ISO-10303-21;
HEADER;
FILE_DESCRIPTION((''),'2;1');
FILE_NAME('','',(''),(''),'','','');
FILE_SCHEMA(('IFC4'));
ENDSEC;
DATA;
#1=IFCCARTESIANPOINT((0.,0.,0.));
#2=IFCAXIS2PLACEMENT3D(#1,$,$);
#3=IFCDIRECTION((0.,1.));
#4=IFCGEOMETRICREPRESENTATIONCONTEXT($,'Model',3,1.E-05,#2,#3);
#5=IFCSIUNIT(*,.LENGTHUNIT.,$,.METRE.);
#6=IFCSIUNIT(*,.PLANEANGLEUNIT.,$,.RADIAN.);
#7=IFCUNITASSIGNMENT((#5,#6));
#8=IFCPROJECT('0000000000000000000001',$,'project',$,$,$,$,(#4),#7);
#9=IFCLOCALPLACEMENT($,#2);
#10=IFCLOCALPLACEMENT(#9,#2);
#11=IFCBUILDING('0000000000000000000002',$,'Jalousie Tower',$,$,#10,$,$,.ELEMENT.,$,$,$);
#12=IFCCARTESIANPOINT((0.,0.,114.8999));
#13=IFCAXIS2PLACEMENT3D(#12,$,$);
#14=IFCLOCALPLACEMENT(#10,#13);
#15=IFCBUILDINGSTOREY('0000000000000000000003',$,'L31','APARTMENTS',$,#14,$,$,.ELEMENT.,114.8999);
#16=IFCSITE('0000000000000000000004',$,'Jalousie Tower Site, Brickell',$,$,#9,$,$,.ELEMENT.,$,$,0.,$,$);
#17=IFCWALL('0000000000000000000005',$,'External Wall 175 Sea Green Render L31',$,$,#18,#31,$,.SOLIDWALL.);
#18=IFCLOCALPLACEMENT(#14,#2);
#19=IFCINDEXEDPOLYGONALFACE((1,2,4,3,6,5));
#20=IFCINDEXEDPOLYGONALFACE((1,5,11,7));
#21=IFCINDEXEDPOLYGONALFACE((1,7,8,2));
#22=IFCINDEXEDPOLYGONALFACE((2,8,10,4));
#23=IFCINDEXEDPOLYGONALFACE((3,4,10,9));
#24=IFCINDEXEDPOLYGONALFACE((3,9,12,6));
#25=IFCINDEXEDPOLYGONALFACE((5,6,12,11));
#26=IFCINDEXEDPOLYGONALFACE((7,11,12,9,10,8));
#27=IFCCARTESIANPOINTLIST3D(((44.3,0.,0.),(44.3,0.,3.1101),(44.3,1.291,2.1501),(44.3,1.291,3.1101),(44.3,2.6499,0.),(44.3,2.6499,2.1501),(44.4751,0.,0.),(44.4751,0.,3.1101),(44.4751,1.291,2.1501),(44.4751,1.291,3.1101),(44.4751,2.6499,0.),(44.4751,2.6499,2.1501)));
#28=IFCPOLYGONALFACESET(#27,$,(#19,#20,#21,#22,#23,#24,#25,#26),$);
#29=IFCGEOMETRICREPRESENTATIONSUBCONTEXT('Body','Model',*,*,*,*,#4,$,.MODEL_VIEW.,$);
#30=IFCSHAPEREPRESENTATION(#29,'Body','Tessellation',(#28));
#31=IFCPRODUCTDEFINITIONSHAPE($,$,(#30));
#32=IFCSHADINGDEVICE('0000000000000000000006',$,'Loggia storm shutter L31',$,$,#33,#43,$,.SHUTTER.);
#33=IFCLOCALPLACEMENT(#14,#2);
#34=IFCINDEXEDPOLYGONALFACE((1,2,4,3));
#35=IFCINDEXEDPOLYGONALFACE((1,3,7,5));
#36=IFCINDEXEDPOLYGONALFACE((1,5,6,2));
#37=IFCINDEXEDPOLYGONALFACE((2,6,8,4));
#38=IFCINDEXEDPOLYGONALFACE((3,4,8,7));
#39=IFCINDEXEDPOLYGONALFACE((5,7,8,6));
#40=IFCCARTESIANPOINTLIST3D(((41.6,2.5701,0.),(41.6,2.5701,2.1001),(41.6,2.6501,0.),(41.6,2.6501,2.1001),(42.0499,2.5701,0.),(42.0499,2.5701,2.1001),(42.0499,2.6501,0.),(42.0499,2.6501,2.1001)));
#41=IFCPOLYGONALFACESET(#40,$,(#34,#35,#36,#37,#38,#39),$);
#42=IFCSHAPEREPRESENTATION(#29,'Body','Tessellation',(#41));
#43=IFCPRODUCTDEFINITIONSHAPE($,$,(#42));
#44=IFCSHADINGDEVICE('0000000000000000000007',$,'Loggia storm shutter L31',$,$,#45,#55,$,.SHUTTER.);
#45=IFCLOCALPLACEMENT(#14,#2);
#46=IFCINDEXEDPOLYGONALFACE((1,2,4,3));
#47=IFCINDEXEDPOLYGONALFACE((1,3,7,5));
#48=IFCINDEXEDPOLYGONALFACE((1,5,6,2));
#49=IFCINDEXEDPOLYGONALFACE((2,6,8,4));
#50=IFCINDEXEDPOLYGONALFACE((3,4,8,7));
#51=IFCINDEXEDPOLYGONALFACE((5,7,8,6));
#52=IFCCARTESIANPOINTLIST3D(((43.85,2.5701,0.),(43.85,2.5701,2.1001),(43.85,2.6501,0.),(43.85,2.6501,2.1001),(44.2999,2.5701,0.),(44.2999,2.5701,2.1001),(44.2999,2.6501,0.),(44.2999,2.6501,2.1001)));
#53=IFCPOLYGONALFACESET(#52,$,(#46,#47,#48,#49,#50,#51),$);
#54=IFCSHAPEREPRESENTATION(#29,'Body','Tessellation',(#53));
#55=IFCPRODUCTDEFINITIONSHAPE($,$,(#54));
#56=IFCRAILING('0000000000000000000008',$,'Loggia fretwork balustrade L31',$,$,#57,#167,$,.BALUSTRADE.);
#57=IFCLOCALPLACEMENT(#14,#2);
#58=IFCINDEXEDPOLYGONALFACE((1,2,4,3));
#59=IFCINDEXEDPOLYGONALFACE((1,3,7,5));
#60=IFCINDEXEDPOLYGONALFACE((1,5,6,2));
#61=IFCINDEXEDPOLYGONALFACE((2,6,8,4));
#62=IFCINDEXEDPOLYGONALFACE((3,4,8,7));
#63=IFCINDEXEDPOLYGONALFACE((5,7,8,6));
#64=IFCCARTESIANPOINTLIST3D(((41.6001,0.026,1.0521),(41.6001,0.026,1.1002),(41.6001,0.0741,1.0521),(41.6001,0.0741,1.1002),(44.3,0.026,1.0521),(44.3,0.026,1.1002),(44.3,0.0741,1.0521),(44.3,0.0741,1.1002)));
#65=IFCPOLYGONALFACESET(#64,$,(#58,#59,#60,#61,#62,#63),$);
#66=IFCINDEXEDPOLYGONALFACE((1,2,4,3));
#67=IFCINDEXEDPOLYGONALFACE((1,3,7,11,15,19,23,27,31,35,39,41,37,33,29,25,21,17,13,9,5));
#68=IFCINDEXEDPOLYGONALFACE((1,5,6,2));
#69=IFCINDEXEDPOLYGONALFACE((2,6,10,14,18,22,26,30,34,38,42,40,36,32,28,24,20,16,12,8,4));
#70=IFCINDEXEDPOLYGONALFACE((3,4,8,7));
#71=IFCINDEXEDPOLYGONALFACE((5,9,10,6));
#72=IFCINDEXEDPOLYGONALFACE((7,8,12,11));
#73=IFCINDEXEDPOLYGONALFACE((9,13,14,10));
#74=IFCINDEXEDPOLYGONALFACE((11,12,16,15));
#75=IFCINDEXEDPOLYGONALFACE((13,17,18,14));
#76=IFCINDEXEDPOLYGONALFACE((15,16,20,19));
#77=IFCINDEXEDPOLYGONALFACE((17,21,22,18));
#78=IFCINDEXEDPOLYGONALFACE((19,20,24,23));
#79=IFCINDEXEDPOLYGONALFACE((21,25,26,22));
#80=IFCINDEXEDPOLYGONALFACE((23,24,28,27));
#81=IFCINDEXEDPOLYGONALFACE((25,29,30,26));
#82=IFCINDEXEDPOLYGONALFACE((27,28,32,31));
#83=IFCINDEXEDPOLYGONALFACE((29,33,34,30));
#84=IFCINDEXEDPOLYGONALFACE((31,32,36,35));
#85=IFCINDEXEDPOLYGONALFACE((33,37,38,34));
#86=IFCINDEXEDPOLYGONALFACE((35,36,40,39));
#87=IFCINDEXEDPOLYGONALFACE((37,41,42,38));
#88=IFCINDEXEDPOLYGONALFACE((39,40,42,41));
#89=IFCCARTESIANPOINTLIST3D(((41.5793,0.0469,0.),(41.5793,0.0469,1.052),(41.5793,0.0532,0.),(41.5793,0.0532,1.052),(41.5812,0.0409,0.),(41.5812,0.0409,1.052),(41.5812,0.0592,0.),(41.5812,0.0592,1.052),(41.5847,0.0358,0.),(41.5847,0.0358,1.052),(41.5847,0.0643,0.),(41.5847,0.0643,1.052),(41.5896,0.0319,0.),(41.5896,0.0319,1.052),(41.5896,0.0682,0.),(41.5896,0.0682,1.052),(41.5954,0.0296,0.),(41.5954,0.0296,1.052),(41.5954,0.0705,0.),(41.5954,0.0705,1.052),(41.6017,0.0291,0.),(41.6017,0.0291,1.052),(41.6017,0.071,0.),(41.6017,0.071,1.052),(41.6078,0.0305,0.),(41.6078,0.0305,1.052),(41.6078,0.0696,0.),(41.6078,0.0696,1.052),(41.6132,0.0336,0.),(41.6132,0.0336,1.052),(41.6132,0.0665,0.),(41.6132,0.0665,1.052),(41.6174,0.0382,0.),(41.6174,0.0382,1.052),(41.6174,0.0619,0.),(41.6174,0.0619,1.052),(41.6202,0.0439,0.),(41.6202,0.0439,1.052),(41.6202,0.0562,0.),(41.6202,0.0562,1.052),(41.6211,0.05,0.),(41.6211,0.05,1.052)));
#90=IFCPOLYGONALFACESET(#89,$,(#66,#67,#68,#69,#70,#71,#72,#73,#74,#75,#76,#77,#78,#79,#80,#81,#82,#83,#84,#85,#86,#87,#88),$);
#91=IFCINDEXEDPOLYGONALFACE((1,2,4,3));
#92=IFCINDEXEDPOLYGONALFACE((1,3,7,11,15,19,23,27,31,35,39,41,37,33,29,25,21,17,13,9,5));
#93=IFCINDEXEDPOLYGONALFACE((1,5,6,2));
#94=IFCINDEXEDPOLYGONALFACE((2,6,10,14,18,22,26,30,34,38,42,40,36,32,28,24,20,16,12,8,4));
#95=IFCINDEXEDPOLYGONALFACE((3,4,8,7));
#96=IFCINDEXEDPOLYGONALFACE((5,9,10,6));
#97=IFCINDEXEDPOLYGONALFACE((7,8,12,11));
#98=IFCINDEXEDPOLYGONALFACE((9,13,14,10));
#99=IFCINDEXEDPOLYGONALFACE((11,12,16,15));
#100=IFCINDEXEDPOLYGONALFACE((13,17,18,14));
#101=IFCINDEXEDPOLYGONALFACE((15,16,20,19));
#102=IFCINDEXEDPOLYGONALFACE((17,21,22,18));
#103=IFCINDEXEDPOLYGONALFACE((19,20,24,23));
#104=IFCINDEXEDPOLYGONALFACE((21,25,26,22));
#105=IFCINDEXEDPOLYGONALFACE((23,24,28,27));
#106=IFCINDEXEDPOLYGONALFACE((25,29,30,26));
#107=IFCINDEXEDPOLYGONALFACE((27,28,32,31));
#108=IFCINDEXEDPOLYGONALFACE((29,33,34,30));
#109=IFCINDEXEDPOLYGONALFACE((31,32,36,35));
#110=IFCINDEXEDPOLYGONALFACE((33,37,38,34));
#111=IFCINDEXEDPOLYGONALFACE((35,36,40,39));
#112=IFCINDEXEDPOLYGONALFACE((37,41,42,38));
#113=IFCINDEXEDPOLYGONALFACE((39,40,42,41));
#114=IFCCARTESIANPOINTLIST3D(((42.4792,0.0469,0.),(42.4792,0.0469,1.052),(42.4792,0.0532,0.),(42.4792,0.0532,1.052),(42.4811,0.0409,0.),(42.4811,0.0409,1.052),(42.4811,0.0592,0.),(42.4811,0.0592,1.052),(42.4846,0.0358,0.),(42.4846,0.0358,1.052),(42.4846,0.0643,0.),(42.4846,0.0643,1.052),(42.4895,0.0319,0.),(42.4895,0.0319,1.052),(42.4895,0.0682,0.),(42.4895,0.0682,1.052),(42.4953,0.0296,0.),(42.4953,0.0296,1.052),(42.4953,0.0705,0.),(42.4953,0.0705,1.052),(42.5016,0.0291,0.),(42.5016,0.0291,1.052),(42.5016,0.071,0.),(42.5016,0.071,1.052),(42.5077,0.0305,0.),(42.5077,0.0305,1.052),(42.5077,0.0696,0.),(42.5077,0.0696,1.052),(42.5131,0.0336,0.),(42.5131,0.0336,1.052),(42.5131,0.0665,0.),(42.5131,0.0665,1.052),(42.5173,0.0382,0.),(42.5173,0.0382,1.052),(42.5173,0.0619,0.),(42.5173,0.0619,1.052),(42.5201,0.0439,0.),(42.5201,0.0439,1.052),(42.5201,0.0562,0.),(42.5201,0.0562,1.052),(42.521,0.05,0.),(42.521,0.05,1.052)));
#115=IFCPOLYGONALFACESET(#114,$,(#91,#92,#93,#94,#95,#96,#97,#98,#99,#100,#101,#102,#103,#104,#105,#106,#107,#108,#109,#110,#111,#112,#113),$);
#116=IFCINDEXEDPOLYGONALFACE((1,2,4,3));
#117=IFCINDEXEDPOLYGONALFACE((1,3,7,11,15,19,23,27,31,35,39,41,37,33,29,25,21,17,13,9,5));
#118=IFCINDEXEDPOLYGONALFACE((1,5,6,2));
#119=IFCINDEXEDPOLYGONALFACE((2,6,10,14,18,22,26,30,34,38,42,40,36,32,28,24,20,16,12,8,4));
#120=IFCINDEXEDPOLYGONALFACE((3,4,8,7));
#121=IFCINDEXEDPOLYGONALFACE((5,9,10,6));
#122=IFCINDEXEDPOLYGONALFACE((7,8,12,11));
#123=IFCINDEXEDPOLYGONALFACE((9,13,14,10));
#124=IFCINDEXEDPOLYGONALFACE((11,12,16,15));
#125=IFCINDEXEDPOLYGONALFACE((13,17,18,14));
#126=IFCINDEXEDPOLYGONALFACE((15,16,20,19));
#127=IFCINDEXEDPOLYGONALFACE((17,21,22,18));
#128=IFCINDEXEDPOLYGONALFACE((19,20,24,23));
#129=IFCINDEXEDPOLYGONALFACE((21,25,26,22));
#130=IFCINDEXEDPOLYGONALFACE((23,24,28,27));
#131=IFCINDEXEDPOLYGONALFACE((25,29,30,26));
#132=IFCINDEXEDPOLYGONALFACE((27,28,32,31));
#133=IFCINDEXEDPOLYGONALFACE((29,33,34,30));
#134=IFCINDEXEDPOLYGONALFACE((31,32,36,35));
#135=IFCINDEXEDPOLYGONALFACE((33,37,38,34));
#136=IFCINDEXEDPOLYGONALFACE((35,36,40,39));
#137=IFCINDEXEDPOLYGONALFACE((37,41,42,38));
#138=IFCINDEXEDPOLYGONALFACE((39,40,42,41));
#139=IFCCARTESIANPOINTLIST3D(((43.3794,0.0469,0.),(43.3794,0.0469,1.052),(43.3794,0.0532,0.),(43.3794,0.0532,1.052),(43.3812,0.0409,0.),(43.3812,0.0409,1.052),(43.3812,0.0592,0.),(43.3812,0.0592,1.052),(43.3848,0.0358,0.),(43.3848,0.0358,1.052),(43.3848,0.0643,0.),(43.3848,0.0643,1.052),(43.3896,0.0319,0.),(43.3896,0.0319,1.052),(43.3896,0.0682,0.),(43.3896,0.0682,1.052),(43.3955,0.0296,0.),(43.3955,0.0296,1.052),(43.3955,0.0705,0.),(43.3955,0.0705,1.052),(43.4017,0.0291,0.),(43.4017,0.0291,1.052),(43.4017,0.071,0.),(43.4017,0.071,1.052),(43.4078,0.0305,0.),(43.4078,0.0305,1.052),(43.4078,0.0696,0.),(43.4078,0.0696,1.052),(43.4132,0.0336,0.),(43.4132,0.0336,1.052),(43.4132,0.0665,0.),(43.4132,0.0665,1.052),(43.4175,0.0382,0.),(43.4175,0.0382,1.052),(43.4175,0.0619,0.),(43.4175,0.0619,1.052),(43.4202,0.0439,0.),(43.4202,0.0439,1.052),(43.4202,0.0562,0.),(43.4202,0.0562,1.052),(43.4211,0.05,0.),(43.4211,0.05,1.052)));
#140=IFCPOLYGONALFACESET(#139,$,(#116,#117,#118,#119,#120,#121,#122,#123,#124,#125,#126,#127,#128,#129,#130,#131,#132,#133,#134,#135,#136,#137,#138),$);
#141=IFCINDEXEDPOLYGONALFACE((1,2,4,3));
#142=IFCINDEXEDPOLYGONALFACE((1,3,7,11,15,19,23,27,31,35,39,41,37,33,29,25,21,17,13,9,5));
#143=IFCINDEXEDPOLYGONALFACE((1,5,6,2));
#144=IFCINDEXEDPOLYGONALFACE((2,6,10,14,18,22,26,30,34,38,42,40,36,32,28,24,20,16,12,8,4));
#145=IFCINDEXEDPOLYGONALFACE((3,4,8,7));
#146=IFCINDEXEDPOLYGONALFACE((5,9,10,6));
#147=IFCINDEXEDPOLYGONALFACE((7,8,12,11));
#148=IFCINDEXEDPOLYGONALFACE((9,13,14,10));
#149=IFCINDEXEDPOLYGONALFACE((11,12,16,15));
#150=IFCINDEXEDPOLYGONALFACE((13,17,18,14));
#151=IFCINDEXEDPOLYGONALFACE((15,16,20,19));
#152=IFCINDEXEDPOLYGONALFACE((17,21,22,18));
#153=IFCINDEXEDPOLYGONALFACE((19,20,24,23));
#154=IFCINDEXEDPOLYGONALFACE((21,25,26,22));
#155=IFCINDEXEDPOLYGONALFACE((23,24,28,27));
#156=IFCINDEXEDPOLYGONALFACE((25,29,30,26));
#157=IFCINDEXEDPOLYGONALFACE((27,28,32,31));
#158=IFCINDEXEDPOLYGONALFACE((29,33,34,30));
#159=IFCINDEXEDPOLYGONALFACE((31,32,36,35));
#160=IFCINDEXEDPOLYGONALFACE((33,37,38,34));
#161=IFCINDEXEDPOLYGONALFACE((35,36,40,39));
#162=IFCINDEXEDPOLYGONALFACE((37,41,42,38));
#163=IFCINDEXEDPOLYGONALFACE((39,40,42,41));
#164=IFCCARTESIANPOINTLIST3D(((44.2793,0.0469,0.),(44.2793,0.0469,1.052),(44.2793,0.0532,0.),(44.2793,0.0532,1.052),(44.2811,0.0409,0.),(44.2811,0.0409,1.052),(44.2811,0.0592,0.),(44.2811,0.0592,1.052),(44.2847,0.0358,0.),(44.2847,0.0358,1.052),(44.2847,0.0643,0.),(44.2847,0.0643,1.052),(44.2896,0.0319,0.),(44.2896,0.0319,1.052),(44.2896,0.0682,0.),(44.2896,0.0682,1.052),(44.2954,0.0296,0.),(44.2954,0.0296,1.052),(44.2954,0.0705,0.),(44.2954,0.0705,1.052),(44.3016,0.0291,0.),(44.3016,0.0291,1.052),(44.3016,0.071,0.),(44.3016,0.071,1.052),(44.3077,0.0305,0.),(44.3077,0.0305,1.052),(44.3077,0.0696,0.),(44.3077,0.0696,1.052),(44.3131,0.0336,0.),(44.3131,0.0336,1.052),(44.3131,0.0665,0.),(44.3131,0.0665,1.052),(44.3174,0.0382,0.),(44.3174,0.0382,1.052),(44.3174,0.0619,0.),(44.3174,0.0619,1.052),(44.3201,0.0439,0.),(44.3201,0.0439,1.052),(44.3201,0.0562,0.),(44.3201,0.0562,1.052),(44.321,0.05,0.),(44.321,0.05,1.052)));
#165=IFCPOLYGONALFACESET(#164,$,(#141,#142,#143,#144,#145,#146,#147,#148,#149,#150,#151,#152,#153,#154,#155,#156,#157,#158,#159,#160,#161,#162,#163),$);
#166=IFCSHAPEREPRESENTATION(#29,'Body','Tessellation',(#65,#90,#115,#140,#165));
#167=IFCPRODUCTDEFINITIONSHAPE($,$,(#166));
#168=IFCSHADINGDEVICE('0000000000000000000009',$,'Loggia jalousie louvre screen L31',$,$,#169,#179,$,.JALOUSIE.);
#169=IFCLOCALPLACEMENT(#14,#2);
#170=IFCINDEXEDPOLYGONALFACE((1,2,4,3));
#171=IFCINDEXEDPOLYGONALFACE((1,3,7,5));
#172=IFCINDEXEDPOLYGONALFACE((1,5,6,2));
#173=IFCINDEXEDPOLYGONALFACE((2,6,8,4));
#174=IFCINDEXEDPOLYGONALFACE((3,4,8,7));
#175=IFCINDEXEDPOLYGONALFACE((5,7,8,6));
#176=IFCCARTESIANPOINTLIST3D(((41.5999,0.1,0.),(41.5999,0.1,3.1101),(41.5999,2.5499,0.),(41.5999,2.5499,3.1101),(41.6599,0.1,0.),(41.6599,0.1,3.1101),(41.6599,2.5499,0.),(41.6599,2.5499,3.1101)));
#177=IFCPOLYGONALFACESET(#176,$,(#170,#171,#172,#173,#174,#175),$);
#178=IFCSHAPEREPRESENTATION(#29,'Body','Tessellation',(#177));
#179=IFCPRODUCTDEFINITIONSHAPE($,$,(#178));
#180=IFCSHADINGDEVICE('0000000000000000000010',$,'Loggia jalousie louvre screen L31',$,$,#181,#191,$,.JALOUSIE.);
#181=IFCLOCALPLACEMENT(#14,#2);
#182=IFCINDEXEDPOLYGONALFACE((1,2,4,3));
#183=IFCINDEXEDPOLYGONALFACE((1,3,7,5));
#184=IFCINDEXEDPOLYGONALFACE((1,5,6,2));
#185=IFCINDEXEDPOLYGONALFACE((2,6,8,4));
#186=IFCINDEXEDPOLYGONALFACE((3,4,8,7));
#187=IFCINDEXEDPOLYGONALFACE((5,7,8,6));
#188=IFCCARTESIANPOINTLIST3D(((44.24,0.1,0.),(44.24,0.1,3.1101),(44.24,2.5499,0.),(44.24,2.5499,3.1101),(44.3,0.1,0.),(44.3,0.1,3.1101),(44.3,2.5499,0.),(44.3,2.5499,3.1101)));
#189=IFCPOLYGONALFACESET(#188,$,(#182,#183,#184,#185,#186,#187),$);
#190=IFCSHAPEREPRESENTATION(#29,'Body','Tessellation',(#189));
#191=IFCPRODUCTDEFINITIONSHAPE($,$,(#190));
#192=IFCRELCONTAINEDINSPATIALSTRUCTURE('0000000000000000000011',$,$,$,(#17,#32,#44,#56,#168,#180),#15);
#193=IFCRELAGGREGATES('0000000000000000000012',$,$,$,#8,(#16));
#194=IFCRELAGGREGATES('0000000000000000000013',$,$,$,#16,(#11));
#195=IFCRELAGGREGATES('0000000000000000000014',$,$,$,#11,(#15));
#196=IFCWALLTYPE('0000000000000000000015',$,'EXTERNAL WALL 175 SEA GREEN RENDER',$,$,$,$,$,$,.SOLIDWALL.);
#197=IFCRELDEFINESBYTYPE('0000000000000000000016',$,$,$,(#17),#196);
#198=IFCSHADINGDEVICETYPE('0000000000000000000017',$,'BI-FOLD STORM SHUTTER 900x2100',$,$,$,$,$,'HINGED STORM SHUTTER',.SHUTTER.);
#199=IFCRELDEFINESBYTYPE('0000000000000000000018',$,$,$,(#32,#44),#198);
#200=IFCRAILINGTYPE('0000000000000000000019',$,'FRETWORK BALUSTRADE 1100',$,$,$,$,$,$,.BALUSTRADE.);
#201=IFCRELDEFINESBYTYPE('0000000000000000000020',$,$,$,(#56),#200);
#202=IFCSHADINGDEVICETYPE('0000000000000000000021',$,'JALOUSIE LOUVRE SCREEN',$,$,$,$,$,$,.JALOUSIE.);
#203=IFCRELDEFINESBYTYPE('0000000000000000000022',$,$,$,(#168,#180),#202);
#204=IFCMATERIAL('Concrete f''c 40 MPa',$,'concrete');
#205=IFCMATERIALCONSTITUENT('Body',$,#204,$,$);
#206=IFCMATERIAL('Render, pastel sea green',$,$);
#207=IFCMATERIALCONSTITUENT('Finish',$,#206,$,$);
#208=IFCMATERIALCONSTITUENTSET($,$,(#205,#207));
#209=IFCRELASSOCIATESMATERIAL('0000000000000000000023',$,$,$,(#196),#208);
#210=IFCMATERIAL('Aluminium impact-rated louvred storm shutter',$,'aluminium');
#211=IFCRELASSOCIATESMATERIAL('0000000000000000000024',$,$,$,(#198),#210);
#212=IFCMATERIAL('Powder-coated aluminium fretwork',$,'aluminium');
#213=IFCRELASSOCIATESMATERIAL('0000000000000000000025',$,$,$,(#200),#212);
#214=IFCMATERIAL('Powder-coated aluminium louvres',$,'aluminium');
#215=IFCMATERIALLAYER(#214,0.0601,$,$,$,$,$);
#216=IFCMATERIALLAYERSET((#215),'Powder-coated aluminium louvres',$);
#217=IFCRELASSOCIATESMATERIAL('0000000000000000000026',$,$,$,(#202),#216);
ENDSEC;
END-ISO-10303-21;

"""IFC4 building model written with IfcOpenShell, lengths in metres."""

from ifc_helpers import new_model, si_unit, direction, frame, origin, origin_2d, place, context, subcontext, project, spatial, polyline, rectangle, circle, outline, extrude, material, layer, layer_set, constituent, constituent_set, type_object, element, save


model = new_model("IFC4")

# Units and contexts
model_context = context("Model", 3, precision=1e-05, world=origin(), true_north=direction((0.0, 1.0)))
body_context = subcontext(model_context, "Body", "Model", "MODEL_VIEW")
ifc_project = project(units=[si_unit("LENGTHUNIT", "METRE"), si_unit("PLANEANGLEUNIT", "RADIAN")], contexts=[model_context])

# Site, building, storey
site_placement = place(None, origin())
site = spatial("IfcSite", under=ifc_project, at=site_placement, Name="Jalousie Tower Site, Brickell", CompositionType="ELEMENT", RefElevation=0.0)
building_placement = place(site_placement, origin())
building = spatial("IfcBuilding", under=site, at=building_placement, Name="Jalousie Tower", CompositionType="ELEMENT")
storey_placement = place(building_placement, frame((0.0, 0.0, 114.8999)))
storey = spatial("IfcBuildingStorey", under=building, at=storey_placement, Name="L31", Description="APARTMENTS", CompositionType="ELEMENT", Elevation=114.8999)

# Shared definitions
ifc_material_1 = material(Name="Concrete f'c 40 MPa", Category="concrete")
ifc_constituent_1 = constituent(ifc_material_1, Name="Body")
ifc_material_2 = material(Name="Render, pastel sea green")
ifc_constituent_2 = constituent(ifc_material_2, Name="Finish")
ifc_constituent_set = constituent_set(constituents=[ifc_constituent_1, ifc_constituent_2])
wall_type = type_object("IfcWallType", Name="EXTERNAL WALL 175 SEA GREEN RENDER", PredefinedType="SOLIDWALL", material=ifc_constituent_set)

# Wall
wall_1_placement = place(storey_placement, frame((44.3875, 0.0, 0.0), z_axis=(0.0, 0.0, 1.0), x_axis=(0.0, 1.0, 0.0)))
element("IfcWall", 1, at=wall_1_placement, inside=storey, type_object=wall_type, Name="External Wall 175 Sea Green Render L31", PredefinedType="SOLIDWALL", context=body_context, shape_type="SweptSolid", body=[
    extrude(outline(polyline([(0.0, 0.0), (2.6499, 0.0), (2.6499, 2.1501), (1.291, 2.1501), (1.291, 3.1101), (0.0, 3.1101), (0.0, 0.0)])), frame((0.0, 0.0874, 0.0), z_axis=(0.0, -1.0, 0.0), x_axis=(1.0, 0.0, 0.0)), (0.0, 0.0, 1.0), 0.175),
])

# Shading devices
ifc_material_3 = material(Name="Aluminium impact-rated louvred storm shutter", Category="aluminium")
shading_device_type_1 = type_object("IfcShadingDeviceType", Name="BI-FOLD STORM SHUTTER 900x2100", ElementType="HINGED STORM SHUTTER", PredefinedType="SHUTTER", material=ifc_material_3)
for number, where, z_axis, x_axis, name in (
    (2, (41.825, 2.6101, 0.0), (0.0, 0.0, 1.0), (1.0, 0.0, 0.0), "Loggia storm shutter L31"),
    (3, (44.075, 2.6101, 0.0), (0.0, 0.0, 1.0), (1.0, 0.0, 0.0), "Loggia storm shutter L31"),
):
    element("IfcShadingDevice", number, at=place(storey_placement, frame(where, z_axis=z_axis, x_axis=x_axis)), inside=storey, type_object=shading_device_type_1, Name=name, PredefinedType="SHUTTER", context=body_context, shape_type="SweptSolid", body=[
        extrude(rectangle(XDim=0.45, YDim=0.0801, at=origin_2d()), origin(), (0.0, 0.0, 1.0), 2.1001),
    ])

# Railing
ifc_material_4 = material(Name="Powder-coated aluminium fretwork", Category="aluminium")
railing_type = type_object("IfcRailingType", Name="FRETWORK BALUSTRADE 1100", PredefinedType="BALUSTRADE", material=ifc_material_4)
railing_placement = place(storey_placement, frame((41.6001, 0.05, 0.0)))
element("IfcRailing", 4, at=railing_placement, inside=storey, type_object=railing_type, Name="Loggia fretwork balustrade L31", PredefinedType="BALUSTRADE", context=body_context, shape_type="SweptSolid", body=[
    extrude(rectangle(XDim=0.0481, YDim=0.0481, at=origin_2d()), frame((0.0, 0.0, 1.0762), z_axis=(1.0, 0.0, 0.0), x_axis=(0.0, 1.0, 0.0)), (0.0, 0.0, 1.0), 2.7),
    extrude(circle(Radius=0.021, at=origin_2d()), origin(), (0.0, 0.0, 1.0), 1.052),
    extrude(circle(Radius=0.021, at=origin_2d()), frame((0.8999, 0.0, 0.0)), (0.0, 0.0, 1.0), 1.052),
    extrude(circle(Radius=0.021, at=origin_2d()), frame((1.8, 0.0, 0.0)), (0.0, 0.0, 1.0), 1.052),
    extrude(circle(Radius=0.021, at=origin_2d()), frame((2.7, 0.0, 0.0)), (0.0, 0.0, 1.0), 1.052),
])

# Shading devices
ifc_material_5 = material(Name="Powder-coated aluminium louvres", Category="aluminium")
ifc_layer_1 = layer(ifc_material_5, 0.0601)
ifc_layer_set_1 = layer_set([ifc_layer_1], Name="Powder-coated aluminium louvres")
shading_device_type_2 = type_object("IfcShadingDeviceType", Name="JALOUSIE LOUVRE SCREEN", PredefinedType="JALOUSIE", material=ifc_layer_set_1)
for number, where, z_axis, x_axis, name in (
    (5, (41.6299, 1.325, 0.0), (0.0, 0.0, 1.0), (1.0, 0.0, 0.0), "Loggia jalousie louvre screen L31"),
    (6, (44.27, 1.325, 0.0), (0.0, 0.0, 1.0), (1.0, 0.0, 0.0), "Loggia jalousie louvre screen L31"),
):
    element("IfcShadingDevice", number, at=place(storey_placement, frame(where, z_axis=z_axis, x_axis=x_axis)), inside=storey, type_object=shading_device_type_2, Name=name, PredefinedType="JALOUSIE", context=body_context, shape_type="SweptSolid", body=[
        extrude(rectangle(XDim=0.0601, YDim=2.45, at=origin_2d()), origin(), (0.0, 0.0, 1.0), 3.1101),
    ])

save(model, "model.ifc")
